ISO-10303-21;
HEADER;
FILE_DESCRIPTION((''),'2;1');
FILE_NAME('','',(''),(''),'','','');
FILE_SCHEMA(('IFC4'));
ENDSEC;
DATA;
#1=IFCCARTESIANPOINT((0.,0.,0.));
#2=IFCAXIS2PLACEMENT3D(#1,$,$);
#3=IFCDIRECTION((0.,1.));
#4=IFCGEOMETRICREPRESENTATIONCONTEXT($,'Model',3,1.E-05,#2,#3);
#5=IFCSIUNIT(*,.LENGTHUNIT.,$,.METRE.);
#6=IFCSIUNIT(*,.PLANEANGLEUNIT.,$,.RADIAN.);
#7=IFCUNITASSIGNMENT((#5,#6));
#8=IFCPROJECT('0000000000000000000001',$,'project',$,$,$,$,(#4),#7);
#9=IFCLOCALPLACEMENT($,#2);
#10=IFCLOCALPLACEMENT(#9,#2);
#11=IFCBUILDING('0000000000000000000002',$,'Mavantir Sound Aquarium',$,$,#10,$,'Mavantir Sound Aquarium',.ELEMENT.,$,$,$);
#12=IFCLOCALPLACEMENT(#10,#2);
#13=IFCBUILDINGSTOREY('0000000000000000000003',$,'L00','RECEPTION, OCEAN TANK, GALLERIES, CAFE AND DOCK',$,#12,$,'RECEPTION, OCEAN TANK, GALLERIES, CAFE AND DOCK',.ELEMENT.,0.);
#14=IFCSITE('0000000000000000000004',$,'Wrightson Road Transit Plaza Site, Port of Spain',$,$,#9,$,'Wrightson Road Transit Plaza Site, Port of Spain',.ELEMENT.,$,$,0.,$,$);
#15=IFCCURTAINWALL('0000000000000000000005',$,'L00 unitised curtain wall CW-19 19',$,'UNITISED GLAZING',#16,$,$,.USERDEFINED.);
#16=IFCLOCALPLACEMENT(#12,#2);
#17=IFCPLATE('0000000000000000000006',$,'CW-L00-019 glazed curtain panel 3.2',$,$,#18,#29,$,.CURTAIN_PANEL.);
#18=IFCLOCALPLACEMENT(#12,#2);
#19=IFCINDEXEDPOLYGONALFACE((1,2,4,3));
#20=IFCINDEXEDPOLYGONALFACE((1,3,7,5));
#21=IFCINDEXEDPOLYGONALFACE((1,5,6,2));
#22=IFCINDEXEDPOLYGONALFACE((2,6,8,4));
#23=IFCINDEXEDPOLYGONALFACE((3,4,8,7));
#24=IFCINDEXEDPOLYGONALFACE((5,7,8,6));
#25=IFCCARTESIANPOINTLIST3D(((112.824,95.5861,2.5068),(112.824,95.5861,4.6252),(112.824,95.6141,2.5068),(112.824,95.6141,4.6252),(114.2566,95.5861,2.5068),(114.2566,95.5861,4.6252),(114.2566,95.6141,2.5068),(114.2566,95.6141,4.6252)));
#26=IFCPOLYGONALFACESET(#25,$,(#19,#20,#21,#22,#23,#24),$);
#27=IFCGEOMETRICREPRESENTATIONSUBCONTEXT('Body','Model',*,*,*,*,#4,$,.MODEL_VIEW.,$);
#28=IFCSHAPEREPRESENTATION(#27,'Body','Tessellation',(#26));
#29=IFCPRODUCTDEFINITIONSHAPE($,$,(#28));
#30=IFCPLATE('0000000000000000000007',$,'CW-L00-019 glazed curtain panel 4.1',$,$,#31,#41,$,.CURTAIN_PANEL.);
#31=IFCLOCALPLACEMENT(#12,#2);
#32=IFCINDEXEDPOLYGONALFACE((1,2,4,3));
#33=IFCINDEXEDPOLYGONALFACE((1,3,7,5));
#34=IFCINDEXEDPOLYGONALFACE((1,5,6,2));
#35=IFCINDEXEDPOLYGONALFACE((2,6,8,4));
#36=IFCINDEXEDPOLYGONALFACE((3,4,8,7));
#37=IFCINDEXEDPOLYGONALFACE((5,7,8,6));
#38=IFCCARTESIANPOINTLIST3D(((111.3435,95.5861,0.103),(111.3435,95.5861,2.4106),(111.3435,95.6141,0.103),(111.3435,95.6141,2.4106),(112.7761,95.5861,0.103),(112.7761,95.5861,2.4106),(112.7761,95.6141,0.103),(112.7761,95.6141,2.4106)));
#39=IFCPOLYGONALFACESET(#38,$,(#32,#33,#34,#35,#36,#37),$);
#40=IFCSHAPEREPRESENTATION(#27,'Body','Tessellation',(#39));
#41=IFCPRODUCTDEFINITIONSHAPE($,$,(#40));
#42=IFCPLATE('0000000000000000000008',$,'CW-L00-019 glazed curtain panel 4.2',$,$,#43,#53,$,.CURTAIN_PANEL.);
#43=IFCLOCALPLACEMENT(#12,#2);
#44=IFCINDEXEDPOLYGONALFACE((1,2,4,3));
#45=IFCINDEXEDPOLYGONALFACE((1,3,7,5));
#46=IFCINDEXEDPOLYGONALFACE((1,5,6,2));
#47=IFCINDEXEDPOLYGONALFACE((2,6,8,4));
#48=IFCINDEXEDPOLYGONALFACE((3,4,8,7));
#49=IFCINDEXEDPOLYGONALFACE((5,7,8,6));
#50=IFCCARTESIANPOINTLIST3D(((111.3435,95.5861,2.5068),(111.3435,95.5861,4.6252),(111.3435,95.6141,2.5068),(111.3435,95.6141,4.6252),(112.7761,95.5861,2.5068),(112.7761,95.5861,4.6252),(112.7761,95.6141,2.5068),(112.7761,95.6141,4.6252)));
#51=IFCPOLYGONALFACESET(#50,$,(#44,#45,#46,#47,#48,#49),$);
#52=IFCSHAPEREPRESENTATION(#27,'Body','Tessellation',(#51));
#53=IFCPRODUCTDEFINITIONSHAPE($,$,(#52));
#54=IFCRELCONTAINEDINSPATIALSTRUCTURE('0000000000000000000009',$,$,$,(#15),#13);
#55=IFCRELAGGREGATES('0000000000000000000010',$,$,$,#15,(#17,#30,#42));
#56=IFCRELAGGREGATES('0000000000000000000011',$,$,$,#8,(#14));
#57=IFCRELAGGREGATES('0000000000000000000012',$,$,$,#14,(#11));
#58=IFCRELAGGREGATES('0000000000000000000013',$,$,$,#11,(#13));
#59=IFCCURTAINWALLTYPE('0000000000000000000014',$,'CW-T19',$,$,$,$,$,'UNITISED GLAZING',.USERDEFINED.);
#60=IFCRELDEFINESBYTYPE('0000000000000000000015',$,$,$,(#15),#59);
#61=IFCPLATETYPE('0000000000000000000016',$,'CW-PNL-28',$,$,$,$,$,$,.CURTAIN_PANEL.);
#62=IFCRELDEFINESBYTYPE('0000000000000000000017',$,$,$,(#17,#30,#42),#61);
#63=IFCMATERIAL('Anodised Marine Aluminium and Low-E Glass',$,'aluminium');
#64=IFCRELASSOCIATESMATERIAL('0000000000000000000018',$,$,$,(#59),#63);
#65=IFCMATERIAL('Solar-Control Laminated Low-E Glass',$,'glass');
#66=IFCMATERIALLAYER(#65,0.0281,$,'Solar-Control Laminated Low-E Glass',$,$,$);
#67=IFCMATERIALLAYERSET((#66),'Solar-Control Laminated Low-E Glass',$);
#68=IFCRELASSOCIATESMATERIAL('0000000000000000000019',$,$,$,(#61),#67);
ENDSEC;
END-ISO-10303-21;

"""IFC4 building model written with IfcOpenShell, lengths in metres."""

from ifc_helpers import new_model, si_unit, direction, frame, origin, origin_2d, place, context, subcontext, project, spatial, rectangle, extrude, material, layer, layer_set, type_object, element, aggregate, save


model = new_model("IFC4")

# Units and contexts
model_context = context("Model", 3, precision=1e-05, world=origin(), true_north=direction((0.0, 1.0)))
body_context = subcontext(model_context, "Body", "Model", "MODEL_VIEW")
ifc_project = project(units=[si_unit("LENGTHUNIT", "METRE"), si_unit("PLANEANGLEUNIT", "RADIAN")], contexts=[model_context])

# Site, building, storey
site_placement = place(None, origin())
site = spatial("IfcSite", under=ifc_project, at=site_placement, Name="Wrightson Road Transit Plaza Site, Port of Spain", LongName="Wrightson Road Transit Plaza Site, Port of Spain", CompositionType="ELEMENT", RefElevation=0.0)
building_placement = place(site_placement, origin())
building = spatial("IfcBuilding", under=site, at=building_placement, Name="Mavantir Sound Aquarium", LongName="Mavantir Sound Aquarium", CompositionType="ELEMENT")
storey_placement = place(building_placement, origin())
storey = spatial("IfcBuildingStorey", under=building, at=storey_placement, Name="L00", Description="RECEPTION, OCEAN TANK, GALLERIES, CAFE AND DOCK", LongName="RECEPTION, OCEAN TANK, GALLERIES, CAFE AND DOCK", CompositionType="ELEMENT", Elevation=0.0)

# Curtain wall, plates
ifc_material_1 = material(Name="Anodised Marine Aluminium and Low-E Glass", Category="aluminium")
curtain_wall_type = type_object("IfcCurtainWallType", Name="CW-T19", ElementType="UNITISED GLAZING", PredefinedType="USERDEFINED", material=ifc_material_1)
curtain_wall_placement = place(storey_placement, origin())
curtain_wall = element("IfcCurtainWall", 1, at=curtain_wall_placement, inside=storey, type_object=curtain_wall_type, Name="L00 unitised curtain wall CW-19 19", ObjectType="UNITISED GLAZING", PredefinedType="USERDEFINED")
ifc_material_2 = material(Name="Solar-Control Laminated Low-E Glass", Category="glass")
ifc_layer = layer(ifc_material_2, 0.0281, Name="Solar-Control Laminated Low-E Glass")
ifc_layer_set = layer_set([ifc_layer], Name="Solar-Control Laminated Low-E Glass")
plate_type = type_object("IfcPlateType", Name="CW-PNL-28", PredefinedType="CURTAIN_PANEL", material=ifc_layer_set)
plate_1_placement = place(storey_placement, frame((113.5403, 95.6001, 2.5068), z_axis=(0.0, 0.0, 1.0), x_axis=(-1.0, 0.0, 0.0)))
plate_1 = element("IfcPlate", 2, at=plate_1_placement, type_object=plate_type, Name="CW-L00-019 glazed curtain panel 3.2", PredefinedType="CURTAIN_PANEL", context=body_context, shape_type="SweptSolid", body=[
    extrude(rectangle(XDim=1.4326, YDim=0.0281, at=origin_2d()), origin(), (0.0, 0.0, 1.0), 2.1184),
])
plate_2_placement = place(storey_placement, frame((112.0598, 95.6001, 0.103), z_axis=(0.0, 0.0, 1.0), x_axis=(-1.0, 0.0, 0.0)))
plate_2 = element("IfcPlate", 3, at=plate_2_placement, type_object=plate_type, Name="CW-L00-019 glazed curtain panel 4.1", PredefinedType="CURTAIN_PANEL", context=body_context, shape_type="SweptSolid", body=[
    extrude(rectangle(XDim=1.4326, YDim=0.0281, at=origin_2d()), origin(), (0.0, 0.0, 1.0), 2.3076),
])
plate_3_placement = place(storey_placement, frame((112.0598, 95.6001, 2.5068), z_axis=(0.0, 0.0, 1.0), x_axis=(-1.0, 0.0, 0.0)))
plate_3 = element("IfcPlate", 4, at=plate_3_placement, type_object=plate_type, Name="CW-L00-019 glazed curtain panel 4.2", PredefinedType="CURTAIN_PANEL", context=body_context, shape_type="SweptSolid", body=[
    extrude(rectangle(XDim=1.4326, YDim=0.0281, at=origin_2d()), origin(), (0.0, 0.0, 1.0), 2.1184),
])
aggregate(curtain_wall, [plate_1, plate_2, plate_3])

save(model, "model.ifc")
